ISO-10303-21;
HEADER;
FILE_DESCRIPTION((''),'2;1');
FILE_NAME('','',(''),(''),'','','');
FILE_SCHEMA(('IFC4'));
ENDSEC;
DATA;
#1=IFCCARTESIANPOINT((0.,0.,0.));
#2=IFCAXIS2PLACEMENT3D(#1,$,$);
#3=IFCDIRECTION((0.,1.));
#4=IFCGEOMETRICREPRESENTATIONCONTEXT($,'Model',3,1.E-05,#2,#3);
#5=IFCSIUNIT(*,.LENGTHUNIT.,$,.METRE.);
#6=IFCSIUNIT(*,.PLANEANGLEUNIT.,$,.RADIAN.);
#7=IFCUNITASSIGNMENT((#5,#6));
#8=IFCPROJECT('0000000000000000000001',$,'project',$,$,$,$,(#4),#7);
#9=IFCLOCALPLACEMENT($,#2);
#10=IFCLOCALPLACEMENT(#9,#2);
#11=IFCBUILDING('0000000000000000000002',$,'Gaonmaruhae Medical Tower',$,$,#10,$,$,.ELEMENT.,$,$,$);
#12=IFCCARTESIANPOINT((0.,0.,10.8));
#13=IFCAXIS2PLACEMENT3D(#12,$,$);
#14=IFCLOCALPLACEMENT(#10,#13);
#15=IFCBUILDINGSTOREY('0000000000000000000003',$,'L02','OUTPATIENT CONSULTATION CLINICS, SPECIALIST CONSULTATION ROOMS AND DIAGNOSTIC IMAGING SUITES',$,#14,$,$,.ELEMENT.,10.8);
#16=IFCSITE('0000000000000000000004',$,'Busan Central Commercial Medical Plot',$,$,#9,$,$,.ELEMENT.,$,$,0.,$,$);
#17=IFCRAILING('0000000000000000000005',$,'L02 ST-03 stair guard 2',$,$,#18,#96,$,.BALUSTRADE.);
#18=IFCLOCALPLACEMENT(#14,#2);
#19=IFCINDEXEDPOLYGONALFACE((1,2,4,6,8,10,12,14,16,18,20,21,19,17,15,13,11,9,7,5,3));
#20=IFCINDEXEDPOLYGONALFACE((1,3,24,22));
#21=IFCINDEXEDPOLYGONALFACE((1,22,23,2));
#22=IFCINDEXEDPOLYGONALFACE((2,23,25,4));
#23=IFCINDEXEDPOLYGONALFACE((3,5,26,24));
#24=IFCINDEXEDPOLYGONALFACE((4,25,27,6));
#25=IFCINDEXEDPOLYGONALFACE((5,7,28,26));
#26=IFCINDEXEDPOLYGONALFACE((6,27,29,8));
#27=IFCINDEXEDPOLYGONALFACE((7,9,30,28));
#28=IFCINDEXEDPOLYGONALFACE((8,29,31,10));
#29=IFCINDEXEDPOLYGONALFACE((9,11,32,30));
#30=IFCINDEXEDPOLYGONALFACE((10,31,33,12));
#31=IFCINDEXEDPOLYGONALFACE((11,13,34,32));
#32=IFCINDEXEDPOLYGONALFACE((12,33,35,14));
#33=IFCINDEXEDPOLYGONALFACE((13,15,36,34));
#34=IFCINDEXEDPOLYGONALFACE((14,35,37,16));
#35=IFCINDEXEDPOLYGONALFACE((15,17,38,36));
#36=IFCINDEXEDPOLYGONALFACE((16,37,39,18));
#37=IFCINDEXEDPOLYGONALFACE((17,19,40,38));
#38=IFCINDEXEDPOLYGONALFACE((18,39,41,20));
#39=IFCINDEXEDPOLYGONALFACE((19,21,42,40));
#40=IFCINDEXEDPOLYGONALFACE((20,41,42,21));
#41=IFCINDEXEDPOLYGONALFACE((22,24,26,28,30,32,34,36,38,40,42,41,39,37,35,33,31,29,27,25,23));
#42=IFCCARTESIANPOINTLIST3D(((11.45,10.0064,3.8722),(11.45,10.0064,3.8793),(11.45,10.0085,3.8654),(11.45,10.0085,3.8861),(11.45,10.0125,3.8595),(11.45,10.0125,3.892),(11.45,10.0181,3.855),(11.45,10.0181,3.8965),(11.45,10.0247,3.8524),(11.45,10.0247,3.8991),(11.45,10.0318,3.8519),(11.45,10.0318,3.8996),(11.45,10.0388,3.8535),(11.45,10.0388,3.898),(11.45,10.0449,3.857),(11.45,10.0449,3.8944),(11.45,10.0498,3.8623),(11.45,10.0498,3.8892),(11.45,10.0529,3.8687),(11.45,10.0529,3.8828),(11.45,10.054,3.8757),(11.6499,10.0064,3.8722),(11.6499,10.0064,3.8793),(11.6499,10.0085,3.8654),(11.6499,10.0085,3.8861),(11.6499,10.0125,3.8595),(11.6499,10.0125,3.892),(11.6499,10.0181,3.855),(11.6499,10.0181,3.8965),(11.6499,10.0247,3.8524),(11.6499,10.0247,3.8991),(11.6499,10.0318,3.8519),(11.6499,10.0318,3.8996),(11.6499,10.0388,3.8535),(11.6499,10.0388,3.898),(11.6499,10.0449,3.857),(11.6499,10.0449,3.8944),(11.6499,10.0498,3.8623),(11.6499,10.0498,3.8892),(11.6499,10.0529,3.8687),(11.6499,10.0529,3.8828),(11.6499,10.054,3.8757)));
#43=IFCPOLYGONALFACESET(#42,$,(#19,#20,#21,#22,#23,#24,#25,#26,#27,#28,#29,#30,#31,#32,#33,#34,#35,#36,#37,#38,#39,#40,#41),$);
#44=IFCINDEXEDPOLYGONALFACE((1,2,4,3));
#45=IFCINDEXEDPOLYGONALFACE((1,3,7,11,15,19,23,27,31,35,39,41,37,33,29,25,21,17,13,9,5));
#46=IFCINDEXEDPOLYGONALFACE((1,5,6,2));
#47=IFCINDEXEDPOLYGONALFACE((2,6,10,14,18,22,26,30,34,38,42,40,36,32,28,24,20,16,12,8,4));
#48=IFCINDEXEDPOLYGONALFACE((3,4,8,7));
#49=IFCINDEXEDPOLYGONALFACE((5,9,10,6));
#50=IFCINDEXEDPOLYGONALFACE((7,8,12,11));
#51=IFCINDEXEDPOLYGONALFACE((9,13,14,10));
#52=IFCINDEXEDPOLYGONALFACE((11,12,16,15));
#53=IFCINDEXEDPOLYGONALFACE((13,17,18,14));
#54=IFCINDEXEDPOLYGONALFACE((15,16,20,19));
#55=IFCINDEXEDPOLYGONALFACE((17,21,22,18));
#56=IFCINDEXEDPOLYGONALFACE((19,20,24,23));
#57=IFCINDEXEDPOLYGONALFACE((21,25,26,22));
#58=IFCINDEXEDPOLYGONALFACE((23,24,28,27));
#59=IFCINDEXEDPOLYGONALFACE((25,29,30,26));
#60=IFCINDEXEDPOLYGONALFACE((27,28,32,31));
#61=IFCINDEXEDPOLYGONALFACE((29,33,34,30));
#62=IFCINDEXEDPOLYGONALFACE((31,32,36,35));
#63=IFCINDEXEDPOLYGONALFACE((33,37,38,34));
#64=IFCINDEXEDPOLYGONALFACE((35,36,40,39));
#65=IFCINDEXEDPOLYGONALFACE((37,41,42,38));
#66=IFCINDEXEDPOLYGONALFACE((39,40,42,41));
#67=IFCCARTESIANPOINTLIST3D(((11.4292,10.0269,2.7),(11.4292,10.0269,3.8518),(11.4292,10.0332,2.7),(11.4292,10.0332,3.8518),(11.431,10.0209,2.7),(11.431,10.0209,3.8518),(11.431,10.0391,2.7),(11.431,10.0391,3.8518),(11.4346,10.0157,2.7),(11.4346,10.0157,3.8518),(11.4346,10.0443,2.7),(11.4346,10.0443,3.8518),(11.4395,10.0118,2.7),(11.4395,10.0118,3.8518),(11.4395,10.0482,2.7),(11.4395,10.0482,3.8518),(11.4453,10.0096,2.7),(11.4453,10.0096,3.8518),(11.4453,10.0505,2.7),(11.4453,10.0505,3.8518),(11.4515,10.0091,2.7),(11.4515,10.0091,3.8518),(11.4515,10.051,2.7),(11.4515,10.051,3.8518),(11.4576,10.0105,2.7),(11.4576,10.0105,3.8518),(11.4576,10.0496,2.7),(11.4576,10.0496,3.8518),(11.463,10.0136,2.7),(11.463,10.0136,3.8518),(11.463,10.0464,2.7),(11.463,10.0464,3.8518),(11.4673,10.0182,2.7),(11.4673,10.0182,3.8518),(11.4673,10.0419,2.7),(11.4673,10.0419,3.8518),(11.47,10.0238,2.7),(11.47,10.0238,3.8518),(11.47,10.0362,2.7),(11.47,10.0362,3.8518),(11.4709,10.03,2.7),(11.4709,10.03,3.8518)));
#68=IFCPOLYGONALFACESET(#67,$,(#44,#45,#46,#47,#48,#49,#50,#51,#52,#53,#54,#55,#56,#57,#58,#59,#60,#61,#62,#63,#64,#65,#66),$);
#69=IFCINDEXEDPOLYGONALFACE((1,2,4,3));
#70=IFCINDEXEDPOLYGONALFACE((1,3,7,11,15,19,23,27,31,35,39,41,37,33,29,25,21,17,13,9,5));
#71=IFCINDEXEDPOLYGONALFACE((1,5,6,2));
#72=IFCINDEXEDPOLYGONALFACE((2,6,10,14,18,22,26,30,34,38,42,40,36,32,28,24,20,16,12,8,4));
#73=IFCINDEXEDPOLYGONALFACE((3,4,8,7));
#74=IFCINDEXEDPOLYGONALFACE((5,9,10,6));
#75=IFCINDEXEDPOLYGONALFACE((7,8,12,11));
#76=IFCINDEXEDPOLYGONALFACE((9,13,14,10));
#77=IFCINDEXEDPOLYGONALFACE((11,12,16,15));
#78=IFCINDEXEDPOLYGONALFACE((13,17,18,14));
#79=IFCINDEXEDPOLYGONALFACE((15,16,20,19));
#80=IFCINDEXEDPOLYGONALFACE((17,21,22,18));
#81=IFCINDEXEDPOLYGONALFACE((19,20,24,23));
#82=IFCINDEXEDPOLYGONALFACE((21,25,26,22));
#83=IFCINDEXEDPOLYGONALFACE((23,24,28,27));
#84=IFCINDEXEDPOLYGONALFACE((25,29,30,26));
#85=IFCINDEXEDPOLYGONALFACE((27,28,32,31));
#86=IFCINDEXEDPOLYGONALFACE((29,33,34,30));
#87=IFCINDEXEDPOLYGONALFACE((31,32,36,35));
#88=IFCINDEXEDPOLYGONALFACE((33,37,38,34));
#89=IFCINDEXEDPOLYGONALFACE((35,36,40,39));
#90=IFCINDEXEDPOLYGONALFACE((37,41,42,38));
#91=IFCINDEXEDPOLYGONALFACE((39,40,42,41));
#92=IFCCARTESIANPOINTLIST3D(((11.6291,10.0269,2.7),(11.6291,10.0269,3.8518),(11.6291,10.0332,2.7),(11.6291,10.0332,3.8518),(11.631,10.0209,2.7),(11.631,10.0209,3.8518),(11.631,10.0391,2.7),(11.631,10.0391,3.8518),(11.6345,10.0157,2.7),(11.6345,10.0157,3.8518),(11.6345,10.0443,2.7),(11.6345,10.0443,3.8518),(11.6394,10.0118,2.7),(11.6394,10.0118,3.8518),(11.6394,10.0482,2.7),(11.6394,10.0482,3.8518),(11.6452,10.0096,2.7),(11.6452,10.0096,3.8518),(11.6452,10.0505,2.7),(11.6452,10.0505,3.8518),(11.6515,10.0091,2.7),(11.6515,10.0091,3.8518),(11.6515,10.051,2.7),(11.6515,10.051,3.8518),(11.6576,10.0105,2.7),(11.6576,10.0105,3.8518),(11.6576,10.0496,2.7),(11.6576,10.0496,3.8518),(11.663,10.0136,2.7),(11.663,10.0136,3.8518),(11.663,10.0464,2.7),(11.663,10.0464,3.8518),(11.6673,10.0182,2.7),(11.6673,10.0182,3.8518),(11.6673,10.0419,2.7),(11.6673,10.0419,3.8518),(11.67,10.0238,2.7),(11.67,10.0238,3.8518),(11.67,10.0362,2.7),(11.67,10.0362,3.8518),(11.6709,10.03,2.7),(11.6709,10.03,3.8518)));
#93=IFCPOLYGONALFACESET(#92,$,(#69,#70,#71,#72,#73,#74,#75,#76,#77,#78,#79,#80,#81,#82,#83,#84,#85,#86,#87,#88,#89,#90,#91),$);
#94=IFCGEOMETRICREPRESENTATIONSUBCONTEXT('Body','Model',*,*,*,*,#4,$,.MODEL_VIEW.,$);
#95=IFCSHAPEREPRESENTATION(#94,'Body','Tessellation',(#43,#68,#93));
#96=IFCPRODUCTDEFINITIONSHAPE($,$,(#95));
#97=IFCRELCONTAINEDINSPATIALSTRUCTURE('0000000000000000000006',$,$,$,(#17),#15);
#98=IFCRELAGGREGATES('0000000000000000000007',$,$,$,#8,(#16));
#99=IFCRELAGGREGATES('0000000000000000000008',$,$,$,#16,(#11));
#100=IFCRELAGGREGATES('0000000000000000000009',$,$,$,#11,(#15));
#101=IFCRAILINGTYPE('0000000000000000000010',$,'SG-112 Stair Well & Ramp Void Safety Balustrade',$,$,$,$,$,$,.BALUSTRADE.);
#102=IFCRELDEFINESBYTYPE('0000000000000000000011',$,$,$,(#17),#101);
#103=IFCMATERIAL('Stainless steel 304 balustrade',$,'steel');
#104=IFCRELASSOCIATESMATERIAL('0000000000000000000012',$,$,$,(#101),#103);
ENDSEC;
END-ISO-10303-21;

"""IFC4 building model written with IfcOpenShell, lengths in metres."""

from ifc_helpers import new_model, si_unit, direction, frame, origin, origin_2d, place, context, subcontext, project, spatial, circle, extrude, material, type_object, element, save


model = new_model("IFC4")

# Units and contexts
model_context = context("Model", 3, precision=1e-05, world=origin(), true_north=direction((0.0, 1.0)))
body_context = subcontext(model_context, "Body", "Model", "MODEL_VIEW")
ifc_project = project(units=[si_unit("LENGTHUNIT", "METRE"), si_unit("PLANEANGLEUNIT", "RADIAN")], contexts=[model_context])

# Site, building, storey
site_placement = place(None, origin())
site = spatial("IfcSite", under=ifc_project, at=site_placement, Name="Busan Central Commercial Medical Plot", CompositionType="ELEMENT", RefElevation=0.0)
building_placement = place(site_placement, origin())
building = spatial("IfcBuilding", under=site, at=building_placement, Name="Gaonmaruhae Medical Tower", CompositionType="ELEMENT")
storey_placement = place(building_placement, frame((0.0, 0.0, 10.8)))
storey = spatial("IfcBuildingStorey", under=building, at=storey_placement, Name="L02", Description="OUTPATIENT CONSULTATION CLINICS, SPECIALIST CONSULTATION ROOMS AND DIAGNOSTIC IMAGING SUITES", CompositionType="ELEMENT", Elevation=10.8)

# Railing
ifc_material_1 = material(Name="Stainless steel 304 balustrade", Category="steel")
railing_type_1 = type_object("IfcRailingType", Name="SG-112 Stair Well & Ramp Void Safety Balustrade", PredefinedType="BALUSTRADE", material=ifc_material_1)
railing_1_placement = place(storey_placement, frame((11.45, 10.03, 2.7)))
element("IfcRailing", 1, at=railing_1_placement, inside=storey, type_object=railing_type_1, Name="L02 ST-03 stair guard 2", PredefinedType="BALUSTRADE", context=body_context, shape_type="SweptSolid", body=[
    extrude(circle(Radius=0.0239, at=origin_2d()), frame((0.0, 0.0, 1.1758), z_axis=(1.0, 0.0, 0.0), x_axis=(0.0, 1.0, 0.0)), (0.0, 0.0, 1.0), 0.2),
    extrude(circle(Radius=0.021, at=origin_2d()), origin(), (0.0, 0.0, 1.0), 1.1519),
    extrude(circle(Radius=0.021, at=origin_2d()), frame((0.2, 0.0, 0.0)), (0.0, 0.0, 1.0), 1.1519),
])

save(model, "model.ifc")
